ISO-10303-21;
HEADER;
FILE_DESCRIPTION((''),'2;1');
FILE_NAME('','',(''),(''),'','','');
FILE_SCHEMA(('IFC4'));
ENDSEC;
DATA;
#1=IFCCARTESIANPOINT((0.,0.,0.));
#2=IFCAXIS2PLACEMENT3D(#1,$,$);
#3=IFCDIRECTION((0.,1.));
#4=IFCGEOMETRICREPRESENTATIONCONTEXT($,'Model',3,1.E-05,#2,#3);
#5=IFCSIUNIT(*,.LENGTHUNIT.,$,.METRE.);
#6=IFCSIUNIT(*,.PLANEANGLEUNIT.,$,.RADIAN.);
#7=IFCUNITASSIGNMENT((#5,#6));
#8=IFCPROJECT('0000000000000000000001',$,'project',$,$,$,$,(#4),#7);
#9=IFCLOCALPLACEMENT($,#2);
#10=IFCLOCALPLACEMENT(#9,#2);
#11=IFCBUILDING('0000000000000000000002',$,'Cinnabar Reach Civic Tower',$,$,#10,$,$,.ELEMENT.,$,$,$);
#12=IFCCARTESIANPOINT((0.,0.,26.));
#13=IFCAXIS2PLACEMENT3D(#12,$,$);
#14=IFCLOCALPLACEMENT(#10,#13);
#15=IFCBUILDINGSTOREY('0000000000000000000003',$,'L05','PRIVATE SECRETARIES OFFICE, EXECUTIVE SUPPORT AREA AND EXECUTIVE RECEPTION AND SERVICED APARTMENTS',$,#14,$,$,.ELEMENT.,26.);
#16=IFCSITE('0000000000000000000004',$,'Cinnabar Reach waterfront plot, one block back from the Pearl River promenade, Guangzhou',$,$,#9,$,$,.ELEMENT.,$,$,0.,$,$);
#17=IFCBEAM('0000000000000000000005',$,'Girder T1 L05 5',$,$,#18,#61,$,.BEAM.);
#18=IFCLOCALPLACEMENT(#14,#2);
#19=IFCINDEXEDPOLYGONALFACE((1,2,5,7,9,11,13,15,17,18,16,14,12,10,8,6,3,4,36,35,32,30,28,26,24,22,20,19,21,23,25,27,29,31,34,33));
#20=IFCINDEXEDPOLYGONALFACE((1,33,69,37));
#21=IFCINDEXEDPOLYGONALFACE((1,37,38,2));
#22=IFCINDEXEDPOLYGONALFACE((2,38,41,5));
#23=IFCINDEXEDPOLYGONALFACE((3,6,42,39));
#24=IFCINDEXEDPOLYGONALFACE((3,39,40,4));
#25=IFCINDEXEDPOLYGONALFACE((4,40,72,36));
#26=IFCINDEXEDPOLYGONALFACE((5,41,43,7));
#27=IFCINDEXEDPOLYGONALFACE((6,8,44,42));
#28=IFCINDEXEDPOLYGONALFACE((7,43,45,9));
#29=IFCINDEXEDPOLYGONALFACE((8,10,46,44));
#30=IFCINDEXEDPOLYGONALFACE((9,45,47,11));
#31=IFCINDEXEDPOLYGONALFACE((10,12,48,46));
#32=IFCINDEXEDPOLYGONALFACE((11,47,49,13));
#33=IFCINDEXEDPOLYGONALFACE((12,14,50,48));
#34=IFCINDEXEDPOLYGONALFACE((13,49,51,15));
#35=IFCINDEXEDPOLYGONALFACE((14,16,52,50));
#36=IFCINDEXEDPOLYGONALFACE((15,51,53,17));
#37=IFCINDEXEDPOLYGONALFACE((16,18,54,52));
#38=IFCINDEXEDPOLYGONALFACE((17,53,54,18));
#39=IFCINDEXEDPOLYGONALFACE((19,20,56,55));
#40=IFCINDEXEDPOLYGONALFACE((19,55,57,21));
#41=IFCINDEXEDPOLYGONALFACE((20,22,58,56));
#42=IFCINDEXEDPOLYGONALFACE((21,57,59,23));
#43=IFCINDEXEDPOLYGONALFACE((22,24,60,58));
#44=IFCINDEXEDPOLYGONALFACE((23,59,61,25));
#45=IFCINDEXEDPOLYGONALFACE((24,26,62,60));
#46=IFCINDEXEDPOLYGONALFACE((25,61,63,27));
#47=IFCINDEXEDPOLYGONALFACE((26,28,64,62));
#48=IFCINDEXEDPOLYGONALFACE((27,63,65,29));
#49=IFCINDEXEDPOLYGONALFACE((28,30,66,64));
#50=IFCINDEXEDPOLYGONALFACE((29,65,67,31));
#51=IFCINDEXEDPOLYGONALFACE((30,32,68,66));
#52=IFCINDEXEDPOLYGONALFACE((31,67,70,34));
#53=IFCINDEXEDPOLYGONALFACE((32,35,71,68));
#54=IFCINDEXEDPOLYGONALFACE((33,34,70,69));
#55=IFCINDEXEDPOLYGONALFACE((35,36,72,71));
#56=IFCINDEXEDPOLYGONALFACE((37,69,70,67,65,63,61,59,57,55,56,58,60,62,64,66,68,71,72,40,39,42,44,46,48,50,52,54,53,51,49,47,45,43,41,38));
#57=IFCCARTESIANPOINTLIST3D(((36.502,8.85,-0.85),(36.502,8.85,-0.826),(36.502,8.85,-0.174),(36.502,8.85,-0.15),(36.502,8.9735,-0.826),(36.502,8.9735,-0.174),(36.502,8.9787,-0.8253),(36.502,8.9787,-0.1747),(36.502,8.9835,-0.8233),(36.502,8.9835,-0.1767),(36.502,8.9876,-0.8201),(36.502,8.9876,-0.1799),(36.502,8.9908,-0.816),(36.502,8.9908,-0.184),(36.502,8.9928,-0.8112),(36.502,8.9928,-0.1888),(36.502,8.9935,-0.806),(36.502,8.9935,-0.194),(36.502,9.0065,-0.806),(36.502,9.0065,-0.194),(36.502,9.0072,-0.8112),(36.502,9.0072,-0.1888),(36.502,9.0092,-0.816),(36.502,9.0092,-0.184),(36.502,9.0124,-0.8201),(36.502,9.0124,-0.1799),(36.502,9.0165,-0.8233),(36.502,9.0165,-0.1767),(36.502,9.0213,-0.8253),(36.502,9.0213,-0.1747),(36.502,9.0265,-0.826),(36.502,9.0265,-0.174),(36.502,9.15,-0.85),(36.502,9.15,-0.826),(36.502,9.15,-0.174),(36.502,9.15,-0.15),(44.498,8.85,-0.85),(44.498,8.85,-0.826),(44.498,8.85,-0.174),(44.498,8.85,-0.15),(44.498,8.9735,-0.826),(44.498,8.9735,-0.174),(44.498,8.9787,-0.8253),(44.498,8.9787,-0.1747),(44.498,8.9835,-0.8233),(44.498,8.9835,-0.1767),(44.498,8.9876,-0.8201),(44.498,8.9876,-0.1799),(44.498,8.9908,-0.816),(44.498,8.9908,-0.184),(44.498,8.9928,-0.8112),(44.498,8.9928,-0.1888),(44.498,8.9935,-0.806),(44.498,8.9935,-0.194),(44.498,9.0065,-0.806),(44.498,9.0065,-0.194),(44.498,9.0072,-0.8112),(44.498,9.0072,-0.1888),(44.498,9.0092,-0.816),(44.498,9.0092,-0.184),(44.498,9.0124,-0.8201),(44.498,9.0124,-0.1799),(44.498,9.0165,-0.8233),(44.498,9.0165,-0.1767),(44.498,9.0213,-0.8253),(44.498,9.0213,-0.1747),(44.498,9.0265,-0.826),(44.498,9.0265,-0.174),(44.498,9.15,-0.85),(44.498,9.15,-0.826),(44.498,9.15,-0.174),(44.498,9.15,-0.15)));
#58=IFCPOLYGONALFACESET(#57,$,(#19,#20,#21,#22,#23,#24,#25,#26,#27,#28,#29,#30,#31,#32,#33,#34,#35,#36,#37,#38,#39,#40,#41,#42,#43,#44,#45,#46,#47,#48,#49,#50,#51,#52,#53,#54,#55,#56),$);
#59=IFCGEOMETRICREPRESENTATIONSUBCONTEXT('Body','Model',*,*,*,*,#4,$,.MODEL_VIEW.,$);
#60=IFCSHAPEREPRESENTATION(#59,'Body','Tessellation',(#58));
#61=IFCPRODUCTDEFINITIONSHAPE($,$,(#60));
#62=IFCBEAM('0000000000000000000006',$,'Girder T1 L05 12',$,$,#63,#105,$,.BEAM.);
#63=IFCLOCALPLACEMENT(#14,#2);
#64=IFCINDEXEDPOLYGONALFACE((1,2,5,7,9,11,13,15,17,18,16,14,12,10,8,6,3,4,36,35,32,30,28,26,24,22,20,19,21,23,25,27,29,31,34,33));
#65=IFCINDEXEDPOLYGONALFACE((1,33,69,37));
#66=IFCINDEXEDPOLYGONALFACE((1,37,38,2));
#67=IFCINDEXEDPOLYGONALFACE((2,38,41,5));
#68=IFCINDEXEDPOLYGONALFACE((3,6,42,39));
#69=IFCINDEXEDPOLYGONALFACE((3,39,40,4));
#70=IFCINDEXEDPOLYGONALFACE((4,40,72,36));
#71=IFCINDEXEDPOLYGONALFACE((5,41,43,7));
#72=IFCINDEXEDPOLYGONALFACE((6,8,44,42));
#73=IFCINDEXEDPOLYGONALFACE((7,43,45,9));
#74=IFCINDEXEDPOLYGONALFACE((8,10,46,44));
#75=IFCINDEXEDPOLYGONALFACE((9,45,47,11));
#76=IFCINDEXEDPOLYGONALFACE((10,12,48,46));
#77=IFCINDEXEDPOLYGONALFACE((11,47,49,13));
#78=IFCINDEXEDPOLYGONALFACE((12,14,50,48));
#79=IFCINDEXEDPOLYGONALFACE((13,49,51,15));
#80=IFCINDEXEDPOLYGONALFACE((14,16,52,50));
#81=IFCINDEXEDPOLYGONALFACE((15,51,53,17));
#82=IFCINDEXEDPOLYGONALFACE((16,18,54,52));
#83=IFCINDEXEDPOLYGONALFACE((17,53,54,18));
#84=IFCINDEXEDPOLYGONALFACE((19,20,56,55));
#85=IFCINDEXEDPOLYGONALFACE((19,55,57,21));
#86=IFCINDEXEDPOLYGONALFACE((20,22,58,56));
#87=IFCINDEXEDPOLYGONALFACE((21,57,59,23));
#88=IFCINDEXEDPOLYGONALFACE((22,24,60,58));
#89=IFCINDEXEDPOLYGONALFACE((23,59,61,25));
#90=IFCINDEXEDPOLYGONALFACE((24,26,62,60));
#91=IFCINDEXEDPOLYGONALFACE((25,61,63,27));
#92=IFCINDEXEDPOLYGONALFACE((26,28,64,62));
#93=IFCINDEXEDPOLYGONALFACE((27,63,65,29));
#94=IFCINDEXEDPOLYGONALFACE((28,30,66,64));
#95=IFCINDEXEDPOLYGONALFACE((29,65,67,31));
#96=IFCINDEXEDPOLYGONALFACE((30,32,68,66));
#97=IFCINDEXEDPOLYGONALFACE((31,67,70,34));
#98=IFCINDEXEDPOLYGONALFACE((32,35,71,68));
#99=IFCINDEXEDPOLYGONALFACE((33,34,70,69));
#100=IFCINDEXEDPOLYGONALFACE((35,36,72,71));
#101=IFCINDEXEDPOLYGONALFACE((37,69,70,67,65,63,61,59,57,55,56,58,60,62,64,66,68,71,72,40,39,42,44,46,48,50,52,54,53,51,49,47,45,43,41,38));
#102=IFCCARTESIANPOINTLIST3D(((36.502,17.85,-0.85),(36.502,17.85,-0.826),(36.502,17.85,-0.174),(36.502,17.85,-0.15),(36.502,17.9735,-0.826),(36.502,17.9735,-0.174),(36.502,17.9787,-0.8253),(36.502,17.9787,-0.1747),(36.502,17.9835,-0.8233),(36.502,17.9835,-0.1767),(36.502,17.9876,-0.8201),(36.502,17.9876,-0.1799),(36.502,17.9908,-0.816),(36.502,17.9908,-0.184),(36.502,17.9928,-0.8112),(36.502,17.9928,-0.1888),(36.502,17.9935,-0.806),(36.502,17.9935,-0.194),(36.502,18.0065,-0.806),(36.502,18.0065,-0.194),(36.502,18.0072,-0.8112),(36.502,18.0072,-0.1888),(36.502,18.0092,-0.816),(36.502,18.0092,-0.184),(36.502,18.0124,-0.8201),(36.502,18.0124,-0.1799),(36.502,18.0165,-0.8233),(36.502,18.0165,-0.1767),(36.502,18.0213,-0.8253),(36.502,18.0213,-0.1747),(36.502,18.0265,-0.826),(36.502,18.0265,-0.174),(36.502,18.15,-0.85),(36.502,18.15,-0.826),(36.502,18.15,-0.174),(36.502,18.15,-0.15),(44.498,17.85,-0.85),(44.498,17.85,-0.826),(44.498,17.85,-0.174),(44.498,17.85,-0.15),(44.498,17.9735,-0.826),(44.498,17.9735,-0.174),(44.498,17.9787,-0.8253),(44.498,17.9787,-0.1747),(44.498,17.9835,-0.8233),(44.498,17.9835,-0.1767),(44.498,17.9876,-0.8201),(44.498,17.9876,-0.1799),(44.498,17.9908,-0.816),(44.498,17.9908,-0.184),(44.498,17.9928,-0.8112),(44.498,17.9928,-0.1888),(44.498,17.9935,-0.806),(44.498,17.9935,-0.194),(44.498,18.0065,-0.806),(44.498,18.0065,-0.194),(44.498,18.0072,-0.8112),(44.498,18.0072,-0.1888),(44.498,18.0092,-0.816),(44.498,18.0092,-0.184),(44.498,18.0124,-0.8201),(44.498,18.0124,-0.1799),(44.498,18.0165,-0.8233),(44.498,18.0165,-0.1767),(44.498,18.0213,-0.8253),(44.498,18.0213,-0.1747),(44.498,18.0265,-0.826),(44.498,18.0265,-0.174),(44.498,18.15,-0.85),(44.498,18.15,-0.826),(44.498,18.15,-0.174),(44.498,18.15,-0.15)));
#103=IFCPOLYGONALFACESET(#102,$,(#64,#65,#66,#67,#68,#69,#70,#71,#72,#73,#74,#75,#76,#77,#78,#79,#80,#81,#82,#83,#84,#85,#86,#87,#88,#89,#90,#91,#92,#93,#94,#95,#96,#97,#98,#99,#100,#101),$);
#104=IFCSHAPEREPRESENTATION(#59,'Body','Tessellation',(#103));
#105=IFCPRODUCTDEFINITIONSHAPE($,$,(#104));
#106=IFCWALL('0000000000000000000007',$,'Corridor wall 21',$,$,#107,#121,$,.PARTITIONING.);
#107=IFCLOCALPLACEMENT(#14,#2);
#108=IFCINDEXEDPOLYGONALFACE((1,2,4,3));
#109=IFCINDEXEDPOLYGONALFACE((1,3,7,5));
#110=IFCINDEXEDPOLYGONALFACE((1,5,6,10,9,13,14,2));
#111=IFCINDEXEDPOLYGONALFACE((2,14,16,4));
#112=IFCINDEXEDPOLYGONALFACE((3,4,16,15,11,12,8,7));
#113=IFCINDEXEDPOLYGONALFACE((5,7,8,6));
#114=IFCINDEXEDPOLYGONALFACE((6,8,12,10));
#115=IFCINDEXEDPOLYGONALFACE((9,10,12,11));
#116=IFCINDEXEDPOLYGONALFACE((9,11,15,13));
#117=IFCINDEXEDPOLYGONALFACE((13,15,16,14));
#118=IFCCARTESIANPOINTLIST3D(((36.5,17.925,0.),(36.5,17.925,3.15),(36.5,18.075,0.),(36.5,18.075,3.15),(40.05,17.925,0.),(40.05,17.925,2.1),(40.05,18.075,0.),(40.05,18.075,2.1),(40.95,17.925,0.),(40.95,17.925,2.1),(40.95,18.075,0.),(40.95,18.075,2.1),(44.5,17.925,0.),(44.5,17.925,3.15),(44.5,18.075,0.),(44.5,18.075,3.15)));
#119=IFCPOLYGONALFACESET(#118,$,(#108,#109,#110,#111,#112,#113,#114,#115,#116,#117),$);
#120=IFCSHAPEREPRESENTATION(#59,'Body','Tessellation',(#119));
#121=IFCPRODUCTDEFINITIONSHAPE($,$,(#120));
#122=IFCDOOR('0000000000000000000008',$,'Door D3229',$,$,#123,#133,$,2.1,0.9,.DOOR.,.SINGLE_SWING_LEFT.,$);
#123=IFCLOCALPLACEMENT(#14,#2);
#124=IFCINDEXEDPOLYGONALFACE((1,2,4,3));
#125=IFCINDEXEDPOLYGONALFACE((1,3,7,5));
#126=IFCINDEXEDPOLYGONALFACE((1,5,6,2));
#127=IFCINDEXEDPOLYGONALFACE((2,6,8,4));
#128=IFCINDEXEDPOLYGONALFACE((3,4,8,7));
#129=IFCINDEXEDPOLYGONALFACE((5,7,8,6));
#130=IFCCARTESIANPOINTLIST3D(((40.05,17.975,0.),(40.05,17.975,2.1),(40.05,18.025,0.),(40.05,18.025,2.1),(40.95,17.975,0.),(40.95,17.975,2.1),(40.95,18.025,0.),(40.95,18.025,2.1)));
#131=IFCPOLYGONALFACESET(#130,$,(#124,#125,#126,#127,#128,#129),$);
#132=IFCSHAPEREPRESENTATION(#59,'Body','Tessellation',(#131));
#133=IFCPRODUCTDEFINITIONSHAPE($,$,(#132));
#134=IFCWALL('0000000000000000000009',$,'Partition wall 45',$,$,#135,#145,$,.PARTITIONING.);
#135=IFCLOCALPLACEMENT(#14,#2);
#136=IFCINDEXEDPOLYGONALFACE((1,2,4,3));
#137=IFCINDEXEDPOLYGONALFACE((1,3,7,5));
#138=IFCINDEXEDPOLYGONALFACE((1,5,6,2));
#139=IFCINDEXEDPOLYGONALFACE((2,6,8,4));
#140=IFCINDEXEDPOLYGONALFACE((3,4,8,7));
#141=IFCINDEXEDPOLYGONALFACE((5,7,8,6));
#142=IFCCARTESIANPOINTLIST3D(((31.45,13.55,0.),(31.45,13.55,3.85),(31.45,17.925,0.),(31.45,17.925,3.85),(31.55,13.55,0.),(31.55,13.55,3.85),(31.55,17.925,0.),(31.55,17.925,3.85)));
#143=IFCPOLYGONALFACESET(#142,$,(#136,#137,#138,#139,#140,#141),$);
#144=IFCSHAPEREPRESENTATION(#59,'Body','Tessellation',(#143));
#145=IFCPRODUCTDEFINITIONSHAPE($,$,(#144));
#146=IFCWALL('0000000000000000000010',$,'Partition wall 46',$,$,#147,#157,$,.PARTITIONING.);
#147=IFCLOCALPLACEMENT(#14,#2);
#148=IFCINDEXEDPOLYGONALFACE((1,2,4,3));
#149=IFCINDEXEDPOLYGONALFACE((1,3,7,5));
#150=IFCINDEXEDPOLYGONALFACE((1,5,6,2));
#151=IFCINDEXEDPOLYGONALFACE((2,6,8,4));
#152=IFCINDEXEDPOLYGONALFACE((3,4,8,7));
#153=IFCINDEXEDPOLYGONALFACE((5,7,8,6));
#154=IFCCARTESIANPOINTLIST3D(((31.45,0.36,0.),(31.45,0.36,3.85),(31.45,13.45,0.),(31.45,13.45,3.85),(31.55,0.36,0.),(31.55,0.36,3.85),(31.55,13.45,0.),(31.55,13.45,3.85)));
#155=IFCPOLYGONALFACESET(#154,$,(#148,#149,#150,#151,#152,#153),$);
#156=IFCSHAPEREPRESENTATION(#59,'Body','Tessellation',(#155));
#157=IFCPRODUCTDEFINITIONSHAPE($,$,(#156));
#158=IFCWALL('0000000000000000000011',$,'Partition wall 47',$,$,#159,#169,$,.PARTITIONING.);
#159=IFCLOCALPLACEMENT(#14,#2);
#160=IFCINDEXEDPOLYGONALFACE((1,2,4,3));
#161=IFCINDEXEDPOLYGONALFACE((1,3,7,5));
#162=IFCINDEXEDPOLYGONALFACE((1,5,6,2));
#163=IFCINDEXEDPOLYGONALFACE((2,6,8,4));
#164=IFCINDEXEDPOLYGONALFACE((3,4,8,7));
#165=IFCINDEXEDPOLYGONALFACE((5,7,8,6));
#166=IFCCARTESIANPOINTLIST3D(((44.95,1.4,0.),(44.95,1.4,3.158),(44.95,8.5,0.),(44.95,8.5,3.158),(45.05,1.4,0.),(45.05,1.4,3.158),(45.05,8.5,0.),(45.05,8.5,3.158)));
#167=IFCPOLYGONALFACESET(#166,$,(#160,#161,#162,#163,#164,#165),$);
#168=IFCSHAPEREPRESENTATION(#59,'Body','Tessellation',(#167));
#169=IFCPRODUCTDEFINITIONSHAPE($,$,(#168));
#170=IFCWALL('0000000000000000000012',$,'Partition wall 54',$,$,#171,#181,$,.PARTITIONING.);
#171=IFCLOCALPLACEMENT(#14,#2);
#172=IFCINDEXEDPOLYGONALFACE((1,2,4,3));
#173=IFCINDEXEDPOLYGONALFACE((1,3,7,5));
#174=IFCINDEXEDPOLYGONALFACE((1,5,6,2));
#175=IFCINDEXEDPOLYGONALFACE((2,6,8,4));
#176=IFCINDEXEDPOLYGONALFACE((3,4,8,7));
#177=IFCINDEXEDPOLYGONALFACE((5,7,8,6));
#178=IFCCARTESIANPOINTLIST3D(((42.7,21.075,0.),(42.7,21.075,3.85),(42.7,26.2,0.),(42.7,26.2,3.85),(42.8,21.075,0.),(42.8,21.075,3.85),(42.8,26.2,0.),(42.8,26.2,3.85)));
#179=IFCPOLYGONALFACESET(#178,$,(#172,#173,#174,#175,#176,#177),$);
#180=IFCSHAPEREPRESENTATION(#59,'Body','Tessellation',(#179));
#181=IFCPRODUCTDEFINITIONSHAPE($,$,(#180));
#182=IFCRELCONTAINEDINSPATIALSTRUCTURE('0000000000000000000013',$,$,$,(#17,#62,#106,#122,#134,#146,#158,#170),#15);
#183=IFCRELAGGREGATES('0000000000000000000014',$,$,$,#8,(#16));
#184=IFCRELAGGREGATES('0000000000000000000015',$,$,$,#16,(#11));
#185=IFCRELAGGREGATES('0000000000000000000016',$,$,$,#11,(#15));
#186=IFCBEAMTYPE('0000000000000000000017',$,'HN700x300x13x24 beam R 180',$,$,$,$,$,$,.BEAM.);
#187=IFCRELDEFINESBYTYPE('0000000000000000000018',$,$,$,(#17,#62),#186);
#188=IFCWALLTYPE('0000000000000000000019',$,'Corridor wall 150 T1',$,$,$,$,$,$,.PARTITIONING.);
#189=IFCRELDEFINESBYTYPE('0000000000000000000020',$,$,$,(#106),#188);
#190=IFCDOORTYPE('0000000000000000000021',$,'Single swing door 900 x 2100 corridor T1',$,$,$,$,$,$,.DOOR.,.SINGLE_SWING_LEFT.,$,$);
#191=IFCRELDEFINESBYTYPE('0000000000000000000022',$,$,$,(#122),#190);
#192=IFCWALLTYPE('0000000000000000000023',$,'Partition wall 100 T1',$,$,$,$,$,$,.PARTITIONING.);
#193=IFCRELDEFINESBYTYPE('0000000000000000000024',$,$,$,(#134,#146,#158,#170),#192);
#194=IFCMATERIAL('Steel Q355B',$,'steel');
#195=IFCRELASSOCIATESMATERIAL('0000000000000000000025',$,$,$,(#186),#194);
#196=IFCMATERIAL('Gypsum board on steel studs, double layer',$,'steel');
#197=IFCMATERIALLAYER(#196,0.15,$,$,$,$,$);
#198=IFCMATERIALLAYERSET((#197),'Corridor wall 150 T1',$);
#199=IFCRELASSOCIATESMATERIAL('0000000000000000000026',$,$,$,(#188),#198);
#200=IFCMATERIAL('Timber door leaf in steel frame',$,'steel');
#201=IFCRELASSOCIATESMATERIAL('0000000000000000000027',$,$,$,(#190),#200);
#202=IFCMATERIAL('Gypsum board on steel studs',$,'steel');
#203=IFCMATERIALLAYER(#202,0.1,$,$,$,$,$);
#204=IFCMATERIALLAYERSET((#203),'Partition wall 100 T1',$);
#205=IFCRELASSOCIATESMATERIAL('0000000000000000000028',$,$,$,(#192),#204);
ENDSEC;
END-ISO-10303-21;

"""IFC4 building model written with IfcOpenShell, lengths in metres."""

from ifc_helpers import new_model, si_unit, direction, frame, frame_2d, origin, origin_2d, place, context, subcontext, project, spatial, rectangle, i_section, extrude, material, layer, layer_set, material_profile, profile_set, type_object, element, fill, save


model = new_model("IFC4")

# Units and contexts
model_context = context("Model", 3, precision=1e-05, world=origin(), true_north=direction((0.0, 1.0)))
body_context = subcontext(model_context, "Body", "Model", "MODEL_VIEW")
ifc_project = project(units=[si_unit("LENGTHUNIT", "METRE"), si_unit("PLANEANGLEUNIT", "RADIAN")], contexts=[model_context])

# Site, building, storey
site_placement = place(None, origin())
site = spatial("IfcSite", under=ifc_project, at=site_placement, Name="Cinnabar Reach waterfront plot, one block back from the Pearl River promenade, Guangzhou", CompositionType="ELEMENT", RefElevation=0.0)
building_placement = place(site_placement, origin())
building = spatial("IfcBuilding", under=site, at=building_placement, Name="Cinnabar Reach Civic Tower", CompositionType="ELEMENT")
storey_placement = place(building_placement, frame((0.0, 0.0, 26.0)))
storey = spatial("IfcBuildingStorey", under=building, at=storey_placement, Name="L05", Description="PRIVATE SECRETARIES OFFICE, EXECUTIVE SUPPORT AREA AND EXECUTIVE RECEPTION AND SERVICED APARTMENTS", CompositionType="ELEMENT", Elevation=26.0)

# Beams
ifc_material_1 = material(Name="Steel Q355B", Category="steel")
ifc_material_profile_1 = material_profile(ifc_material_1, i_section(OverallWidth=0.3, OverallDepth=0.7, WebThickness=0.013, FlangeThickness=0.024, FilletRadius=0.02, at=origin_2d()), Name="HN700x300x13x24")
ifc_profile_set_1 = profile_set([ifc_material_profile_1], Name="Steel Q355B")
beam_type_1 = type_object("IfcBeamType", Name="HN700x300x13x24 beam R 180", PredefinedType="BEAM", material=ifc_profile_set_1)
for number, where, z_axis, x_axis, name in (
    (1, (36.502, 9.0, -0.5), (1.0, 0.0, 0.0), (0.0, 1.0, 0.0), "Girder T1 L05 5"),
    (2, (36.502, 18.0, -0.5), (1.0, 0.0, 0.0), (0.0, 1.0, 0.0), "Girder T1 L05 12"),
):
    element("IfcBeam", number, at=place(storey_placement, frame(where, z_axis=z_axis, x_axis=x_axis)), inside=storey, type_object=beam_type_1, Name=name, PredefinedType="BEAM", context=body_context, shape_type="SweptSolid", body=[
        extrude(i_section(OverallWidth=0.3, OverallDepth=0.7, WebThickness=0.013, FlangeThickness=0.024, FilletRadius=0.02, at=origin_2d()), origin(), (0.0, 0.0, 1.0), 7.996),
    ])

# Wall, opening, door
ifc_material_2 = material(Name="Gypsum board on steel studs, double layer", Category="steel")
ifc_layer_1 = layer(ifc_material_2, 0.15)
ifc_layer_set_1 = layer_set([ifc_layer_1], Name="Corridor wall 150 T1")
wall_type_1 = type_object("IfcWallType", Name="Corridor wall 150 T1", PredefinedType="PARTITIONING", material=ifc_layer_set_1)
wall_1_placement = place(storey_placement, frame((36.5, 18.0, 0.0), z_axis=(0.0, 0.0, 1.0), x_axis=(1.0, 0.0, 0.0)))
wall_1 = element("IfcWall", 3, at=wall_1_placement, inside=storey, type_object=wall_type_1, Name="Corridor wall 21", PredefinedType="PARTITIONING", context=body_context, shape_type="SweptSolid", body=[
    extrude(rectangle(XDim=8.0, YDim=0.15, at=frame_2d((4.0, 0.0))), origin(), (0.0, 0.0, 1.0), 3.15),
])
opening_placement = place(wall_1_placement, frame((3.55, 0.0, 0.0)))
opening = element("IfcOpeningElement", 4, at=opening_placement, cuts=wall_1, PredefinedType="OPENING", context=body_context, shape_type="SweptSolid", body=[
    extrude(rectangle(XDim=0.9, YDim=2.1, at=frame_2d((0.45, 1.05))), frame((0.0, 0.085, 0.0), z_axis=(0.0, -1.0, 0.0), x_axis=(1.0, 0.0, 0.0)), (0.0, 0.0, 1.0), 0.17),
])
ifc_material_3 = material(Name="Timber door leaf in steel frame", Category="steel")
door_type = type_object("IfcDoorType", Name="Single swing door 900 x 2100 corridor T1", OperationType="SINGLE_SWING_LEFT", PredefinedType="DOOR", material=ifc_material_3)
door_placement = place(opening_placement, frame((0.9, 0.0, 0.0), z_axis=(0.0, 0.0, 1.0), x_axis=(-1.0, 0.0, 0.0)))
door = element("IfcDoor", 5, at=door_placement, inside=storey, type_object=door_type, Name="Door D3229", OperationType="SINGLE_SWING_LEFT", OverallHeight=2.1, OverallWidth=0.9, PredefinedType="DOOR", context=body_context, shape_type="SweptSolid", body=[
    extrude(rectangle(XDim=0.9, YDim=2.1, at=frame_2d((0.45, 1.05))), frame((0.0, 0.025, 0.0), z_axis=(0.0, -1.0, 0.0), x_axis=(1.0, 0.0, 0.0)), (0.0, 0.0, 1.0), 0.05),
])
fill(opening, door)

# Walls
ifc_material_4 = material(Name="Gypsum board on steel studs", Category="steel")
ifc_layer_2 = layer(ifc_material_4, 0.1)
ifc_layer_set_2 = layer_set([ifc_layer_2], Name="Partition wall 100 T1")
wall_type_2 = type_object("IfcWallType", Name="Partition wall 100 T1", PredefinedType="PARTITIONING", material=ifc_layer_set_2)
wall_2_placement = place(storey_placement, frame((31.5, 13.55, 0.0), z_axis=(0.0, 0.0, 1.0), x_axis=(0.0, 1.0, 0.0)))
element("IfcWall", 6, at=wall_2_placement, inside=storey, type_object=wall_type_2, Name="Partition wall 45", PredefinedType="PARTITIONING", context=body_context, shape_type="SweptSolid", body=[
    extrude(rectangle(XDim=4.375, YDim=0.1, at=frame_2d((2.1875, 0.0))), origin(), (0.0, 0.0, 1.0), 3.85),
])
wall_3_placement = place(storey_placement, frame((31.5, 0.36, 0.0), z_axis=(0.0, 0.0, 1.0), x_axis=(0.0, 1.0, 0.0)))
element("IfcWall", 7, at=wall_3_placement, inside=storey, type_object=wall_type_2, Name="Partition wall 46", PredefinedType="PARTITIONING", context=body_context, shape_type="SweptSolid", body=[
    extrude(rectangle(XDim=13.09, YDim=0.1, at=frame_2d((6.545, 0.0))), origin(), (0.0, 0.0, 1.0), 3.85),
])
wall_4_placement = place(storey_placement, frame((45.0, 1.4, 0.0), z_axis=(0.0, 0.0, 1.0), x_axis=(0.0, 1.0, 0.0)))
element("IfcWall", 8, at=wall_4_placement, inside=storey, type_object=wall_type_2, Name="Partition wall 47", PredefinedType="PARTITIONING", context=body_context, shape_type="SweptSolid", body=[
    extrude(rectangle(XDim=7.1, YDim=0.1, at=frame_2d((3.55, 0.0))), origin(), (0.0, 0.0, 1.0), 3.158),
])
wall_5_placement = place(storey_placement, frame((42.75, 21.075, 0.0), z_axis=(0.0, 0.0, 1.0), x_axis=(0.0, 1.0, 0.0)))
element("IfcWall", 9, at=wall_5_placement, inside=storey, type_object=wall_type_2, Name="Partition wall 54", PredefinedType="PARTITIONING", context=body_context, shape_type="SweptSolid", body=[
    extrude(rectangle(XDim=5.125, YDim=0.1, at=frame_2d((2.5625, 0.0))), origin(), (0.0, 0.0, 1.0), 3.85),
])

save(model, "model.ifc")
